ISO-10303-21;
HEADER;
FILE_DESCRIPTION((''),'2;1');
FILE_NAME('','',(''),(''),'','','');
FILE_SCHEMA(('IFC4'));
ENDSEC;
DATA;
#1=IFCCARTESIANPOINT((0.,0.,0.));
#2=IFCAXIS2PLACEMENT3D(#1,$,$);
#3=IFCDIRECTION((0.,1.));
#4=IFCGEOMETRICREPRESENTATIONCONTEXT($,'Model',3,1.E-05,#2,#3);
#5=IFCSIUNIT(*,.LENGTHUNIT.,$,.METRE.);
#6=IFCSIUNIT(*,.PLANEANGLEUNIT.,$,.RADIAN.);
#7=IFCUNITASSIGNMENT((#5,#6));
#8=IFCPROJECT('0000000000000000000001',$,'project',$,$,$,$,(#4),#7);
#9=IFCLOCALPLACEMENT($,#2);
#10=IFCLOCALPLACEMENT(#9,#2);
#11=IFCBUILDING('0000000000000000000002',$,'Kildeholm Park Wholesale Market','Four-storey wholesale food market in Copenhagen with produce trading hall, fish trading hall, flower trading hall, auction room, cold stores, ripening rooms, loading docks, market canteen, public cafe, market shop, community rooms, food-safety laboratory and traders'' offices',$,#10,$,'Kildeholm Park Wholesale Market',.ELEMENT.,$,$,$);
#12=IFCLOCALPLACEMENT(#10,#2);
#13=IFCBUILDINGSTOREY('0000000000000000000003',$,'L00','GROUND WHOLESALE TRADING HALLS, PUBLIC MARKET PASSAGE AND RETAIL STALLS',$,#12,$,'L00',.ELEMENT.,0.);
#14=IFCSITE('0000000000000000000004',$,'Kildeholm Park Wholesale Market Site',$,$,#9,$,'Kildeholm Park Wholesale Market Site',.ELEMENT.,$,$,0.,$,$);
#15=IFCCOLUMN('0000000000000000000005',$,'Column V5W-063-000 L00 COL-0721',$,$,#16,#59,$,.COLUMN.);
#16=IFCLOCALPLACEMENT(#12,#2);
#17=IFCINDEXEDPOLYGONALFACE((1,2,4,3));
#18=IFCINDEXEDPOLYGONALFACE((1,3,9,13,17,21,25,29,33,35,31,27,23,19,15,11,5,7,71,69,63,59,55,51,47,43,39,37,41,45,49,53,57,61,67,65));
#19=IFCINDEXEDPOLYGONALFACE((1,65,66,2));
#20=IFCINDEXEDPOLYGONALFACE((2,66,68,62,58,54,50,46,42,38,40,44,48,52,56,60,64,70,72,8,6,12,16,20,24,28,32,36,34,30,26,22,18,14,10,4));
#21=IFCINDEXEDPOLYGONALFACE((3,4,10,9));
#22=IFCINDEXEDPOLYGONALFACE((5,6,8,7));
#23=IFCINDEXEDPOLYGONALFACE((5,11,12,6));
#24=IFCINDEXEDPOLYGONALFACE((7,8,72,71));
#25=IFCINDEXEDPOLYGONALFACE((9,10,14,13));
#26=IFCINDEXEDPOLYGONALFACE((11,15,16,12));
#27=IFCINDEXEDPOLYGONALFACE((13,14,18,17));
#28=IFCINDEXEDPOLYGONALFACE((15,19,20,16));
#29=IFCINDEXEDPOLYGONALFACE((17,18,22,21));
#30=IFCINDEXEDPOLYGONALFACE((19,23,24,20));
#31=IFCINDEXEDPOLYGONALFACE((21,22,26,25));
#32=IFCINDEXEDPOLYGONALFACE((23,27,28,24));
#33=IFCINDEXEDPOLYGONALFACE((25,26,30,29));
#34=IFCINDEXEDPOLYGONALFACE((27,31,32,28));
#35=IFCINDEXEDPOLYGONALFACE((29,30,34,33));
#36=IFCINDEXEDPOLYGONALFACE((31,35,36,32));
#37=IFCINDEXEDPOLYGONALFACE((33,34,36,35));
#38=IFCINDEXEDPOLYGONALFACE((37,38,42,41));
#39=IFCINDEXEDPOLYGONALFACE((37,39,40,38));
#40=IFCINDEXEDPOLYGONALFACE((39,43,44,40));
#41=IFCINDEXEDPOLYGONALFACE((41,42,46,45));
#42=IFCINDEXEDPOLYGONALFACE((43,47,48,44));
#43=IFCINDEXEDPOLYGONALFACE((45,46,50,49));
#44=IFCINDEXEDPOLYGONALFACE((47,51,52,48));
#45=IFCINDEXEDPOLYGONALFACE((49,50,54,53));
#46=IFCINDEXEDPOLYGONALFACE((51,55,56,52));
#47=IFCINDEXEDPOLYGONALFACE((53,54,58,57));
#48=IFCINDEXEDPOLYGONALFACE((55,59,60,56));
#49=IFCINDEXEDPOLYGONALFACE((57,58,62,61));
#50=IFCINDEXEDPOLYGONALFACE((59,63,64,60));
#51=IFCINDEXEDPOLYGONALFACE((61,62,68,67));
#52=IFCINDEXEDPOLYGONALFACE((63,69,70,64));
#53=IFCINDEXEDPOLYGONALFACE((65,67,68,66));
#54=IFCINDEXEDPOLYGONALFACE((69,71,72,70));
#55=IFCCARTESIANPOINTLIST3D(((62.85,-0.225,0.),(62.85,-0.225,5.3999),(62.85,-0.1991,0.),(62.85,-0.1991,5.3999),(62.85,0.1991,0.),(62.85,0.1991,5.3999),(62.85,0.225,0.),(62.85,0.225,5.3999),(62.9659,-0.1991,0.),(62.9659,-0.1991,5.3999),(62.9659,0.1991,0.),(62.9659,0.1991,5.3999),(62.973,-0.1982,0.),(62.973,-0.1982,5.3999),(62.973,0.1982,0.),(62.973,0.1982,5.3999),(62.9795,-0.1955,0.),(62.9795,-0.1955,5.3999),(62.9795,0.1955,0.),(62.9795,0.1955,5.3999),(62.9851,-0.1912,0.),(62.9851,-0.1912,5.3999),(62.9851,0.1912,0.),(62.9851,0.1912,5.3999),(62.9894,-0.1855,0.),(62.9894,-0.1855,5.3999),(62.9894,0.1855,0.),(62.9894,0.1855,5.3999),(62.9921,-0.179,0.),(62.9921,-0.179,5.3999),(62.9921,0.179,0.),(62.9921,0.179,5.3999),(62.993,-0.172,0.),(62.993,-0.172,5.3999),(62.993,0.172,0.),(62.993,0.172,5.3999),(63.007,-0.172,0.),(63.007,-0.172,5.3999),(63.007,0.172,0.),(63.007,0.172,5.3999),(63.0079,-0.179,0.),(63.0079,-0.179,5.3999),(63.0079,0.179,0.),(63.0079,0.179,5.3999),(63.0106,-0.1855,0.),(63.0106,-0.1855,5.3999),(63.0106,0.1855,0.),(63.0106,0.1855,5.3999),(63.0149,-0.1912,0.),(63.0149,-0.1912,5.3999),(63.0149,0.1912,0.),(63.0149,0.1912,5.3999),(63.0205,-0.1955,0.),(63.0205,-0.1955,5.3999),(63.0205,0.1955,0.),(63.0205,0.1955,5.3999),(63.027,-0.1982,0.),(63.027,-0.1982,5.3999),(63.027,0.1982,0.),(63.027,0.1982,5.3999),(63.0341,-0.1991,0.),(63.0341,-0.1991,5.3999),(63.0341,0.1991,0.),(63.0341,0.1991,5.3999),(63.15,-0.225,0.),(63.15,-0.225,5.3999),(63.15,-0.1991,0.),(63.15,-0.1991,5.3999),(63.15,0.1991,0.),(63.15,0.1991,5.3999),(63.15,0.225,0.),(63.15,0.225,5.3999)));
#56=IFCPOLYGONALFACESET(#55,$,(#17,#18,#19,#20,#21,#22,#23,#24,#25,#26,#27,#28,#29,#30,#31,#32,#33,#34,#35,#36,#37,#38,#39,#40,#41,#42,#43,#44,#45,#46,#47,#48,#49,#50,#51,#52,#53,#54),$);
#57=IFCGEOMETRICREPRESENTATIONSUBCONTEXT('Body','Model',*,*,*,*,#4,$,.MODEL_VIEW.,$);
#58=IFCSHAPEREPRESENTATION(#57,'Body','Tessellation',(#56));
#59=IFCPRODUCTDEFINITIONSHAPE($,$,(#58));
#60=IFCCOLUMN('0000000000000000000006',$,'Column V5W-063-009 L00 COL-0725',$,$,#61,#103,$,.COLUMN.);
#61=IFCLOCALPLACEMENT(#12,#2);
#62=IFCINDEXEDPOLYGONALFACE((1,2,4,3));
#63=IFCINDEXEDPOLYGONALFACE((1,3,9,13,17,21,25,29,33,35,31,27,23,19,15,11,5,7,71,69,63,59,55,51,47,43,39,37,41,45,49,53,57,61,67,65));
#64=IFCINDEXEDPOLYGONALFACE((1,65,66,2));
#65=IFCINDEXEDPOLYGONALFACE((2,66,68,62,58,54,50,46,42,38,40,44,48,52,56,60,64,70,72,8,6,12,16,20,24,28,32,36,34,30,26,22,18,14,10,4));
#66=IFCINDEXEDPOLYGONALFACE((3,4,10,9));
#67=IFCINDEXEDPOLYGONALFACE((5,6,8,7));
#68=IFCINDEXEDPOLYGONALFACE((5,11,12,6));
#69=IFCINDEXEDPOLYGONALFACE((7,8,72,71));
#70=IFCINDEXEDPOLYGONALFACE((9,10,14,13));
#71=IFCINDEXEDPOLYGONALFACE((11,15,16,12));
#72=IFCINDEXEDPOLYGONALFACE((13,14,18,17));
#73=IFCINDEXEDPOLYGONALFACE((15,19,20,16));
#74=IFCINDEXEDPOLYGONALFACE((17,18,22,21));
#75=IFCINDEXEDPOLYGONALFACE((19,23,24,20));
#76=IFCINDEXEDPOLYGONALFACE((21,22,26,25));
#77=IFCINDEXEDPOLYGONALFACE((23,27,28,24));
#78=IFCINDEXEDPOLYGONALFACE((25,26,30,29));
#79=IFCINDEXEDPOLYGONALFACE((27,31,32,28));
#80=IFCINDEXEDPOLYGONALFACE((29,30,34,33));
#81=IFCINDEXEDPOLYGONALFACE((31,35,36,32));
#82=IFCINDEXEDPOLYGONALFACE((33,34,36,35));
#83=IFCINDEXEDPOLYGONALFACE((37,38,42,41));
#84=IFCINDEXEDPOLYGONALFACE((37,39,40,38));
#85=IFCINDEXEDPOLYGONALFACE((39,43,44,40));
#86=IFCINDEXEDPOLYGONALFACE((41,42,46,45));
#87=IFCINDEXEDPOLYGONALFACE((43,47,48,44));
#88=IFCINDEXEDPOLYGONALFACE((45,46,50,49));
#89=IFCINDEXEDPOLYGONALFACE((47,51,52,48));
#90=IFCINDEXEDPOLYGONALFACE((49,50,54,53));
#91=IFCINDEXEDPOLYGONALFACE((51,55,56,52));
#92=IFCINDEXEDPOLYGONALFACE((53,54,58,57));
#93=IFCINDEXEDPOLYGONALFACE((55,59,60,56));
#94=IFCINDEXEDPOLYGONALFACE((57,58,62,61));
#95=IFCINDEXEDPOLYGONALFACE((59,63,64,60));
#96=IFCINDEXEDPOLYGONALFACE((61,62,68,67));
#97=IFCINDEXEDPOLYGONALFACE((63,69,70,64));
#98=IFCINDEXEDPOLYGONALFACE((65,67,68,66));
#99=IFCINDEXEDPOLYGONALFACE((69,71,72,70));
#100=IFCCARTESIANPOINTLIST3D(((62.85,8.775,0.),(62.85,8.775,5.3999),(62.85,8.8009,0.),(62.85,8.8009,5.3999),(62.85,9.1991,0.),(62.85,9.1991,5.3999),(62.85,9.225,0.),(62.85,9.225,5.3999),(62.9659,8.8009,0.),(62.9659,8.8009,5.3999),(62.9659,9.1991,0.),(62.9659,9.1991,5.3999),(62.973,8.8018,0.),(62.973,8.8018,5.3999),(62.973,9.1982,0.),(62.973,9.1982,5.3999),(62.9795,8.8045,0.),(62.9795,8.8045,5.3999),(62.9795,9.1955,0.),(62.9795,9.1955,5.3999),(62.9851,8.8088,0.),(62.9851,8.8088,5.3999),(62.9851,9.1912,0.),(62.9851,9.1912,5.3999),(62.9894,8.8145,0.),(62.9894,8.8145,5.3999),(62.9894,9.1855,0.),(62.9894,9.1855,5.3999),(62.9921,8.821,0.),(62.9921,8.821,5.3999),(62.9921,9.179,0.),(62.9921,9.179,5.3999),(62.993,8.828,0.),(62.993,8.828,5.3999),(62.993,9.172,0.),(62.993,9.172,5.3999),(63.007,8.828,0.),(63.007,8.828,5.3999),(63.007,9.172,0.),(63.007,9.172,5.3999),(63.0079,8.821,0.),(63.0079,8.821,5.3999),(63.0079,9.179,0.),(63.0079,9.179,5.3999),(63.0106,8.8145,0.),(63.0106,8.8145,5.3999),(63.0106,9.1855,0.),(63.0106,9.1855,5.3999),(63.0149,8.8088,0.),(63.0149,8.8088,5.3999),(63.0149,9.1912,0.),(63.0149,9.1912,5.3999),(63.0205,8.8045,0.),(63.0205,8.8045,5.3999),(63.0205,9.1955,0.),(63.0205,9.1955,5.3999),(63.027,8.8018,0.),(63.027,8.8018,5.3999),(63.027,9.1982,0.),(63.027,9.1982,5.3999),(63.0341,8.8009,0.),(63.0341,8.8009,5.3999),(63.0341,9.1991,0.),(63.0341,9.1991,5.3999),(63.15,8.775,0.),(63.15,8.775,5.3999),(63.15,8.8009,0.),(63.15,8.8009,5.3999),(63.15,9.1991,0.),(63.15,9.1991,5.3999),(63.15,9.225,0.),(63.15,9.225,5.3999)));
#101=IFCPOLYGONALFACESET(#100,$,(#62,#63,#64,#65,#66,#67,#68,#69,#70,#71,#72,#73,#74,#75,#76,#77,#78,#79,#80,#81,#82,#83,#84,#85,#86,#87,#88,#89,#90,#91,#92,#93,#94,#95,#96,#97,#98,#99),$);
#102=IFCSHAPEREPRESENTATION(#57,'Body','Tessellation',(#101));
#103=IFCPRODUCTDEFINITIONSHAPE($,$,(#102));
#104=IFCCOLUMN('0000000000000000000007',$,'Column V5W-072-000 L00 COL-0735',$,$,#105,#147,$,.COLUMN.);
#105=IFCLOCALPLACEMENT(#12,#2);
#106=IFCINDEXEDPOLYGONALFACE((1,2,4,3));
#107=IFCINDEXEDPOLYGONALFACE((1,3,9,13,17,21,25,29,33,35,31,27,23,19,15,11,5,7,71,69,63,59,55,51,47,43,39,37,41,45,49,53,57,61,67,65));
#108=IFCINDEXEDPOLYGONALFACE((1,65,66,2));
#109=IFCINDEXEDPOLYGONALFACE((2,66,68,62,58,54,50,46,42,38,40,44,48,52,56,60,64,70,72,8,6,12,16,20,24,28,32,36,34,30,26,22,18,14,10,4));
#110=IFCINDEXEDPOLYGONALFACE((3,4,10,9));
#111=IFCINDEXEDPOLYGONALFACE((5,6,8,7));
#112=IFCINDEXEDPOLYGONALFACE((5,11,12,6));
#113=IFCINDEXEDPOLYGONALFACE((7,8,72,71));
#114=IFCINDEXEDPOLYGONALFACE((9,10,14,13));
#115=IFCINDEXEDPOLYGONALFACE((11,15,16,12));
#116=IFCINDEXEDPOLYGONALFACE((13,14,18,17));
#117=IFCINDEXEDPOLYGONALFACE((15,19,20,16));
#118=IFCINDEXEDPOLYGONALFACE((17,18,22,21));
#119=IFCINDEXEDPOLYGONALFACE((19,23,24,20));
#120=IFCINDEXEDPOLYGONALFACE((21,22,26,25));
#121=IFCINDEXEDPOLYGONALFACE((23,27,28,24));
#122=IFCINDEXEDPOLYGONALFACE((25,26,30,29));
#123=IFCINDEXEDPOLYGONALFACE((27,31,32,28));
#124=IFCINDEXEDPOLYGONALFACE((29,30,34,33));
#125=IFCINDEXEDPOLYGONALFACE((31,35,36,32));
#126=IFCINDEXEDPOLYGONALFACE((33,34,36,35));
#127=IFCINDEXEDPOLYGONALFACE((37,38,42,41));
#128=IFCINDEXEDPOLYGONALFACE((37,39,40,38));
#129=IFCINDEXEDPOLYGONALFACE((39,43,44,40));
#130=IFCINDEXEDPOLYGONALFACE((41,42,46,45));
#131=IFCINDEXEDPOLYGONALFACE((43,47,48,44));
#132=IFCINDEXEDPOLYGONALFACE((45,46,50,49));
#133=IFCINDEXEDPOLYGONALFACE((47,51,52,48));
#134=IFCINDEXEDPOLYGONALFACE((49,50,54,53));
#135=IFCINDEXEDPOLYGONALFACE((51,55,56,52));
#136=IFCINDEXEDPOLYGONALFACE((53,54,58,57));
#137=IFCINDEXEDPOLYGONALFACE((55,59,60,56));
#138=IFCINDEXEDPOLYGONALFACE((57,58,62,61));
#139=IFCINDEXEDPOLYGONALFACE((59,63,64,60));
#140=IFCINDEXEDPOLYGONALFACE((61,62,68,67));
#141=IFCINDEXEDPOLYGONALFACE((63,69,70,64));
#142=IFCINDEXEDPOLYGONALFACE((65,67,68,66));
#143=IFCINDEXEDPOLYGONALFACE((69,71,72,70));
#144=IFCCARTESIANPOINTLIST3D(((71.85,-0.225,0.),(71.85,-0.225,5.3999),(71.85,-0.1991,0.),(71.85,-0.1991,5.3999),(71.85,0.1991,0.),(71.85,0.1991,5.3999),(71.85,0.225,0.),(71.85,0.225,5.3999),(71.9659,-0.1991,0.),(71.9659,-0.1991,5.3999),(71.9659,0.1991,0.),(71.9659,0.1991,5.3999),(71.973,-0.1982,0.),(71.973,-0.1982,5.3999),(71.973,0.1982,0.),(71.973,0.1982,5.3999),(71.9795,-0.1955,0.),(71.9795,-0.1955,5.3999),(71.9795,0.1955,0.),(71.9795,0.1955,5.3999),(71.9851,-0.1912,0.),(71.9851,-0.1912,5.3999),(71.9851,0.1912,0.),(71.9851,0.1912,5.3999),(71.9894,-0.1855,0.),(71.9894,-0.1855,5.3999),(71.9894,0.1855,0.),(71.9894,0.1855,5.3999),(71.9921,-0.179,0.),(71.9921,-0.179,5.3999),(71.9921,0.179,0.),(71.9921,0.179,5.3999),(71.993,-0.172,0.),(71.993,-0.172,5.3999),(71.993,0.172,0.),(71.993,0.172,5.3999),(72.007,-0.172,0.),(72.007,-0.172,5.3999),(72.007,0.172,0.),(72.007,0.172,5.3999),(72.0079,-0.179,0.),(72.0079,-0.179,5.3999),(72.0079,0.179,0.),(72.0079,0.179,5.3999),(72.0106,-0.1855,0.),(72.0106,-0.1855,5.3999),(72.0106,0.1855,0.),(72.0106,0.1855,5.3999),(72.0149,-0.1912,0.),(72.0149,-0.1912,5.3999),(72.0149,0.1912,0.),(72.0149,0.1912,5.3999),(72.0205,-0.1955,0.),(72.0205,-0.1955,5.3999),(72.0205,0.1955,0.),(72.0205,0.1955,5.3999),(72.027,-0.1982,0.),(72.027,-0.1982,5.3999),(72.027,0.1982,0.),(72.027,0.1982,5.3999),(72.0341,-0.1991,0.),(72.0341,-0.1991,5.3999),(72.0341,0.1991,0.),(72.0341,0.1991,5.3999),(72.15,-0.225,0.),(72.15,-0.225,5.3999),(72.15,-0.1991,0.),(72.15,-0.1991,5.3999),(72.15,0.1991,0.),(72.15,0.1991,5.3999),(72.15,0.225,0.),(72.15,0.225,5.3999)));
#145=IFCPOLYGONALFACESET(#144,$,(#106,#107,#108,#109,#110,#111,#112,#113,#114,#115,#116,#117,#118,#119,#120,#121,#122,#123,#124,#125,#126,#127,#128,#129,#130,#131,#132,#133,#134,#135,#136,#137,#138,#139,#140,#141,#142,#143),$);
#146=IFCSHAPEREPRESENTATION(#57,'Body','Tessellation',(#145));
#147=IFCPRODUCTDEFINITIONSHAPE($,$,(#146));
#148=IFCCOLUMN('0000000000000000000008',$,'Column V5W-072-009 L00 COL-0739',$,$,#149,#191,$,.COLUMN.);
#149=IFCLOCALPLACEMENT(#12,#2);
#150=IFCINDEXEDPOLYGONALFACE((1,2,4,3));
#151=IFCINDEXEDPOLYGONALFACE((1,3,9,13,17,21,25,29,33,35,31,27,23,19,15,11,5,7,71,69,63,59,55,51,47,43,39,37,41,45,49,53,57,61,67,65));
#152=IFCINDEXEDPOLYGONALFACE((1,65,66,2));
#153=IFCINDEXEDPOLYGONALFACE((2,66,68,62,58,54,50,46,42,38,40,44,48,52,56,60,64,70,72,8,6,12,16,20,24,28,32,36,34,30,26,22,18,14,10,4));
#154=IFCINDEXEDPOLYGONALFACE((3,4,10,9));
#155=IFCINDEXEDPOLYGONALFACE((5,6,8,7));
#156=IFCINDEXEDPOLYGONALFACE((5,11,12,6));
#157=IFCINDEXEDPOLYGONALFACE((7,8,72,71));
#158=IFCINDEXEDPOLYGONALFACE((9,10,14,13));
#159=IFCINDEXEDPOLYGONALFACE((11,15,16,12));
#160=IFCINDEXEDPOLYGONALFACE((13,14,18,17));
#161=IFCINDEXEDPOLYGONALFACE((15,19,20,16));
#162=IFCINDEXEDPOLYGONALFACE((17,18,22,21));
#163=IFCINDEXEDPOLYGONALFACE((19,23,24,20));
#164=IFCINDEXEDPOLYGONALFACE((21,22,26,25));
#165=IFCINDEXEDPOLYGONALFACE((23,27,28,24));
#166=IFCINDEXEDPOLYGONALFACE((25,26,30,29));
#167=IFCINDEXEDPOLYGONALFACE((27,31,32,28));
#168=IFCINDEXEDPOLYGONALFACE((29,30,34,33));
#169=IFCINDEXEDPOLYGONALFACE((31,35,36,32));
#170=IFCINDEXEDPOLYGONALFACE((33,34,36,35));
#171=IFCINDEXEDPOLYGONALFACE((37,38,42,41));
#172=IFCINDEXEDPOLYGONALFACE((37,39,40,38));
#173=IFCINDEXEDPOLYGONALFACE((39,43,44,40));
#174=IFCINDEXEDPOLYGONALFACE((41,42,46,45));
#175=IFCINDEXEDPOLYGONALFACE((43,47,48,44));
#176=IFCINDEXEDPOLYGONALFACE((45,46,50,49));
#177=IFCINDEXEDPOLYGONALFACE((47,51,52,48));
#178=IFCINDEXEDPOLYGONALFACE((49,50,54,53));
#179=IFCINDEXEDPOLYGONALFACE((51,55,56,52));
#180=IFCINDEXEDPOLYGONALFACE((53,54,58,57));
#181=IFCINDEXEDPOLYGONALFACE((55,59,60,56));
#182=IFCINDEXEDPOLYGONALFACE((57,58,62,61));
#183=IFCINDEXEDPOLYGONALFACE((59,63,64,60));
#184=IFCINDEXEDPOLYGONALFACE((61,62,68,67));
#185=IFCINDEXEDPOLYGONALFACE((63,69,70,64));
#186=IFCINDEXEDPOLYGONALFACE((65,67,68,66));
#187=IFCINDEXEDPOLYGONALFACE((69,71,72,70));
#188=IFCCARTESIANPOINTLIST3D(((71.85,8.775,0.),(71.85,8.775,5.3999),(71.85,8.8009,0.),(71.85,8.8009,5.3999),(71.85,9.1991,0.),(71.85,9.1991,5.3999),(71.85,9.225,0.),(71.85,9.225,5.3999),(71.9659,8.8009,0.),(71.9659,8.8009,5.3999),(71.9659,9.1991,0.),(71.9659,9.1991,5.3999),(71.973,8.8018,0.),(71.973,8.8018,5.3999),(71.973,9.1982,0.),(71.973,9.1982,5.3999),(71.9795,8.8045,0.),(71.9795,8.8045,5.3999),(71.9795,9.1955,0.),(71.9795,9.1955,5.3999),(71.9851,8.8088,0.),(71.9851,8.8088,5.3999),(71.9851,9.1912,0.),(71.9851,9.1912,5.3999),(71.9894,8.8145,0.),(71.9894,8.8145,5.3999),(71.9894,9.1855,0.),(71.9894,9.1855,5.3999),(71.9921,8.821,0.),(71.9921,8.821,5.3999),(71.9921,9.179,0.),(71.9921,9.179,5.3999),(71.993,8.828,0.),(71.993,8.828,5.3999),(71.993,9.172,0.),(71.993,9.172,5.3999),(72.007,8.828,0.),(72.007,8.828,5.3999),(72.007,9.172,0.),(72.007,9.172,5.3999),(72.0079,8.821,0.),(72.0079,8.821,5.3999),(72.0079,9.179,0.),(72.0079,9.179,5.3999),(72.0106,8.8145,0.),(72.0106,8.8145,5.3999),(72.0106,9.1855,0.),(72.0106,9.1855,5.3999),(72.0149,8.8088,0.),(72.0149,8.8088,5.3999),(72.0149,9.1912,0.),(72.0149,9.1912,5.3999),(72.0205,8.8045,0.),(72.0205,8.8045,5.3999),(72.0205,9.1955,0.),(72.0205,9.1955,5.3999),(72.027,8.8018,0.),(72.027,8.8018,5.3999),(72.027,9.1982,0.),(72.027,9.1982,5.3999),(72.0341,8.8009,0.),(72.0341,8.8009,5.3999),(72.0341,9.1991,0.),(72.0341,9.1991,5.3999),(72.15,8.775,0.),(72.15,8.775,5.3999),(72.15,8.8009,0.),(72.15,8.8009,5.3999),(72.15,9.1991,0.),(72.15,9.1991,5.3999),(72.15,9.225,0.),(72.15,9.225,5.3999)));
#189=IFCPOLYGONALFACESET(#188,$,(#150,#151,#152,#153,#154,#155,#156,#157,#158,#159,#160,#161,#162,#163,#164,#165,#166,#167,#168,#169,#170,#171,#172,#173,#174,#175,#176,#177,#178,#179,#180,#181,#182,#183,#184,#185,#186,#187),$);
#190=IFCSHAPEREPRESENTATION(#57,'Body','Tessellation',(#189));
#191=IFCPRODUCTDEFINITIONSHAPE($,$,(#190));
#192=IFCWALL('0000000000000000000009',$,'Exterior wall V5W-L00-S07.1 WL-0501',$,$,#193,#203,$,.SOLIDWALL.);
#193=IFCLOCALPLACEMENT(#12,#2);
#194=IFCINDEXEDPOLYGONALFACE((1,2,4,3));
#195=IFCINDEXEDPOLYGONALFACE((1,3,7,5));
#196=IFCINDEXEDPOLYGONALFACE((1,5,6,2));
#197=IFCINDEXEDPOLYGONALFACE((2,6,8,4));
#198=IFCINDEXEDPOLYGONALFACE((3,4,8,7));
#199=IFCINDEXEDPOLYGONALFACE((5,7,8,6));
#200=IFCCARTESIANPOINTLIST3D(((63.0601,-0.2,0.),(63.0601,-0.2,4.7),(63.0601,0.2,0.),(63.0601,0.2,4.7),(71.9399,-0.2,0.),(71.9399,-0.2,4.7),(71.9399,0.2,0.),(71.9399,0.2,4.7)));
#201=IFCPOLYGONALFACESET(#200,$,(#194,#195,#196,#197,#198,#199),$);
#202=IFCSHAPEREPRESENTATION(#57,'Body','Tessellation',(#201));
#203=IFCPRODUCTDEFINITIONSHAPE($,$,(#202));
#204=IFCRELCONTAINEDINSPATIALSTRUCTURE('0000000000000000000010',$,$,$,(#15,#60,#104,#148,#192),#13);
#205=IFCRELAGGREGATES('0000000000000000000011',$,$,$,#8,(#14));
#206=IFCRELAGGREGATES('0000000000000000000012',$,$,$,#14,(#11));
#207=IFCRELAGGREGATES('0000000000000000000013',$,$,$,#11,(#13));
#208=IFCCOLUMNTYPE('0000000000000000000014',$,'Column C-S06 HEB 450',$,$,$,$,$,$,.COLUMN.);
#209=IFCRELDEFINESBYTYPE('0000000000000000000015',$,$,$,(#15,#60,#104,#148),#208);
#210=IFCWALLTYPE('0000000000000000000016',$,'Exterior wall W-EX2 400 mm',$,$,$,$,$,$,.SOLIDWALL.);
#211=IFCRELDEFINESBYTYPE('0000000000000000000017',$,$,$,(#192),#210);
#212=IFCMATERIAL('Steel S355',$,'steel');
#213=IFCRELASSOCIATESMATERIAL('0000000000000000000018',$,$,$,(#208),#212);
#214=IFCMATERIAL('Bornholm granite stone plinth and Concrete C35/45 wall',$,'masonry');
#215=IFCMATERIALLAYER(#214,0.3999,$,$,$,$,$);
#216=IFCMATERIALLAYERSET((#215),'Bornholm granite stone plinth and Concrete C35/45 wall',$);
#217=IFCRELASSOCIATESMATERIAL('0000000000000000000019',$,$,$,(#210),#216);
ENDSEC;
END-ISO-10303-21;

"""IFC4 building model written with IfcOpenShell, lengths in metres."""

from ifc_helpers import new_model, si_unit, direction, frame, frame_2d, origin, origin_2d, place, context, subcontext, project, spatial, rectangle, i_section, extrude, material, layer, layer_set, material_profile, profile_set, type_object, element, save


model = new_model("IFC4")

# Units and contexts
model_context = context("Model", 3, precision=1e-05, world=origin(), true_north=direction((0.0, 1.0)))
body_context = subcontext(model_context, "Body", "Model", "MODEL_VIEW")
ifc_project = project(units=[si_unit("LENGTHUNIT", "METRE"), si_unit("PLANEANGLEUNIT", "RADIAN")], contexts=[model_context])

# Site, building, storey
site_placement = place(None, origin())
site = spatial("IfcSite", under=ifc_project, at=site_placement, Name="Kildeholm Park Wholesale Market Site", LongName="Kildeholm Park Wholesale Market Site", CompositionType="ELEMENT", RefElevation=0.0)
building_placement = place(site_placement, origin())
building = spatial("IfcBuilding", under=site, at=building_placement, Name="Kildeholm Park Wholesale Market", Description="Four-storey wholesale food market in Copenhagen with produce trading hall, fish trading hall, flower trading hall, auction room, cold stores, ripening rooms, loading docks, market canteen, public cafe, market shop, community rooms, food-safety laboratory and traders' offices", LongName="Kildeholm Park Wholesale Market", CompositionType="ELEMENT")
storey_placement = place(building_placement, origin())
storey = spatial("IfcBuildingStorey", under=building, at=storey_placement, Name="L00", Description="GROUND WHOLESALE TRADING HALLS, PUBLIC MARKET PASSAGE AND RETAIL STALLS", LongName="L00", CompositionType="ELEMENT", Elevation=0.0)

# Columns
ifc_material_1 = material(Name="Steel S355", Category="steel")
ifc_material_profile_1 = material_profile(ifc_material_1, i_section(OverallWidth=0.3, OverallDepth=0.45, WebThickness=0.0139, FlangeThickness=0.0259, FilletRadius=0.0271, at=origin_2d()), Name="HEB 450")
ifc_profile_set_1 = profile_set([ifc_material_profile_1], Name="Steel S355")
column_type = type_object("IfcColumnType", Name="Column C-S06 HEB 450", PredefinedType="COLUMN", material=ifc_profile_set_1)
for number, where, z_axis, x_axis, name in (
    (1, (63.0, 0.0, 0.0), (0.0, 0.0, 1.0), (1.0, 0.0, 0.0), "Column V5W-063-000 L00 COL-0721"),
    (2, (63.0, 9.0, 0.0), (0.0, 0.0, 1.0), (1.0, 0.0, 0.0), "Column V5W-063-009 L00 COL-0725"),
    (3, (72.0, 0.0, 0.0), (0.0, 0.0, 1.0), (1.0, 0.0, 0.0), "Column V5W-072-000 L00 COL-0735"),
    (4, (72.0, 9.0, 0.0), (0.0, 0.0, 1.0), (1.0, 0.0, 0.0), "Column V5W-072-009 L00 COL-0739"),
):
    element("IfcColumn", number, at=place(storey_placement, frame(where, z_axis=z_axis, x_axis=x_axis)), inside=storey, type_object=column_type, Name=name, PredefinedType="COLUMN", context=body_context, shape_type="SweptSolid", body=[
        extrude(i_section(OverallWidth=0.3, OverallDepth=0.45, WebThickness=0.0139, FlangeThickness=0.0259, FilletRadius=0.0271, at=origin_2d()), origin(), (0.0, 0.0, 1.0), 5.3999),
    ])

# Wall
ifc_material_2 = material(Name="Bornholm granite stone plinth and Concrete C35/45 wall", Category="masonry")
ifc_layer_1 = layer(ifc_material_2, 0.3999)
ifc_layer_set_1 = layer_set([ifc_layer_1], Name="Bornholm granite stone plinth and Concrete C35/45 wall")
wall_type_1 = type_object("IfcWallType", Name="Exterior wall W-EX2 400 mm", PredefinedType="SOLIDWALL", material=ifc_layer_set_1)
wall_1_placement = place(storey_placement, frame((63.0601, 0.0, 0.0), z_axis=(0.0, 0.0, 1.0), x_axis=(1.0, 0.0, 0.0)))
element("IfcWall", 5, at=wall_1_placement, inside=storey, type_object=wall_type_1, Name="Exterior wall V5W-L00-S07.1 WL-0501", PredefinedType="SOLIDWALL", context=body_context, shape_type="SweptSolid", body=[
    extrude(rectangle(XDim=8.8799, YDim=0.3999, at=frame_2d((4.4399, 0.0))), origin(), (0.0, 0.0, 1.0), 4.7),
])

save(model, "model.ifc")
